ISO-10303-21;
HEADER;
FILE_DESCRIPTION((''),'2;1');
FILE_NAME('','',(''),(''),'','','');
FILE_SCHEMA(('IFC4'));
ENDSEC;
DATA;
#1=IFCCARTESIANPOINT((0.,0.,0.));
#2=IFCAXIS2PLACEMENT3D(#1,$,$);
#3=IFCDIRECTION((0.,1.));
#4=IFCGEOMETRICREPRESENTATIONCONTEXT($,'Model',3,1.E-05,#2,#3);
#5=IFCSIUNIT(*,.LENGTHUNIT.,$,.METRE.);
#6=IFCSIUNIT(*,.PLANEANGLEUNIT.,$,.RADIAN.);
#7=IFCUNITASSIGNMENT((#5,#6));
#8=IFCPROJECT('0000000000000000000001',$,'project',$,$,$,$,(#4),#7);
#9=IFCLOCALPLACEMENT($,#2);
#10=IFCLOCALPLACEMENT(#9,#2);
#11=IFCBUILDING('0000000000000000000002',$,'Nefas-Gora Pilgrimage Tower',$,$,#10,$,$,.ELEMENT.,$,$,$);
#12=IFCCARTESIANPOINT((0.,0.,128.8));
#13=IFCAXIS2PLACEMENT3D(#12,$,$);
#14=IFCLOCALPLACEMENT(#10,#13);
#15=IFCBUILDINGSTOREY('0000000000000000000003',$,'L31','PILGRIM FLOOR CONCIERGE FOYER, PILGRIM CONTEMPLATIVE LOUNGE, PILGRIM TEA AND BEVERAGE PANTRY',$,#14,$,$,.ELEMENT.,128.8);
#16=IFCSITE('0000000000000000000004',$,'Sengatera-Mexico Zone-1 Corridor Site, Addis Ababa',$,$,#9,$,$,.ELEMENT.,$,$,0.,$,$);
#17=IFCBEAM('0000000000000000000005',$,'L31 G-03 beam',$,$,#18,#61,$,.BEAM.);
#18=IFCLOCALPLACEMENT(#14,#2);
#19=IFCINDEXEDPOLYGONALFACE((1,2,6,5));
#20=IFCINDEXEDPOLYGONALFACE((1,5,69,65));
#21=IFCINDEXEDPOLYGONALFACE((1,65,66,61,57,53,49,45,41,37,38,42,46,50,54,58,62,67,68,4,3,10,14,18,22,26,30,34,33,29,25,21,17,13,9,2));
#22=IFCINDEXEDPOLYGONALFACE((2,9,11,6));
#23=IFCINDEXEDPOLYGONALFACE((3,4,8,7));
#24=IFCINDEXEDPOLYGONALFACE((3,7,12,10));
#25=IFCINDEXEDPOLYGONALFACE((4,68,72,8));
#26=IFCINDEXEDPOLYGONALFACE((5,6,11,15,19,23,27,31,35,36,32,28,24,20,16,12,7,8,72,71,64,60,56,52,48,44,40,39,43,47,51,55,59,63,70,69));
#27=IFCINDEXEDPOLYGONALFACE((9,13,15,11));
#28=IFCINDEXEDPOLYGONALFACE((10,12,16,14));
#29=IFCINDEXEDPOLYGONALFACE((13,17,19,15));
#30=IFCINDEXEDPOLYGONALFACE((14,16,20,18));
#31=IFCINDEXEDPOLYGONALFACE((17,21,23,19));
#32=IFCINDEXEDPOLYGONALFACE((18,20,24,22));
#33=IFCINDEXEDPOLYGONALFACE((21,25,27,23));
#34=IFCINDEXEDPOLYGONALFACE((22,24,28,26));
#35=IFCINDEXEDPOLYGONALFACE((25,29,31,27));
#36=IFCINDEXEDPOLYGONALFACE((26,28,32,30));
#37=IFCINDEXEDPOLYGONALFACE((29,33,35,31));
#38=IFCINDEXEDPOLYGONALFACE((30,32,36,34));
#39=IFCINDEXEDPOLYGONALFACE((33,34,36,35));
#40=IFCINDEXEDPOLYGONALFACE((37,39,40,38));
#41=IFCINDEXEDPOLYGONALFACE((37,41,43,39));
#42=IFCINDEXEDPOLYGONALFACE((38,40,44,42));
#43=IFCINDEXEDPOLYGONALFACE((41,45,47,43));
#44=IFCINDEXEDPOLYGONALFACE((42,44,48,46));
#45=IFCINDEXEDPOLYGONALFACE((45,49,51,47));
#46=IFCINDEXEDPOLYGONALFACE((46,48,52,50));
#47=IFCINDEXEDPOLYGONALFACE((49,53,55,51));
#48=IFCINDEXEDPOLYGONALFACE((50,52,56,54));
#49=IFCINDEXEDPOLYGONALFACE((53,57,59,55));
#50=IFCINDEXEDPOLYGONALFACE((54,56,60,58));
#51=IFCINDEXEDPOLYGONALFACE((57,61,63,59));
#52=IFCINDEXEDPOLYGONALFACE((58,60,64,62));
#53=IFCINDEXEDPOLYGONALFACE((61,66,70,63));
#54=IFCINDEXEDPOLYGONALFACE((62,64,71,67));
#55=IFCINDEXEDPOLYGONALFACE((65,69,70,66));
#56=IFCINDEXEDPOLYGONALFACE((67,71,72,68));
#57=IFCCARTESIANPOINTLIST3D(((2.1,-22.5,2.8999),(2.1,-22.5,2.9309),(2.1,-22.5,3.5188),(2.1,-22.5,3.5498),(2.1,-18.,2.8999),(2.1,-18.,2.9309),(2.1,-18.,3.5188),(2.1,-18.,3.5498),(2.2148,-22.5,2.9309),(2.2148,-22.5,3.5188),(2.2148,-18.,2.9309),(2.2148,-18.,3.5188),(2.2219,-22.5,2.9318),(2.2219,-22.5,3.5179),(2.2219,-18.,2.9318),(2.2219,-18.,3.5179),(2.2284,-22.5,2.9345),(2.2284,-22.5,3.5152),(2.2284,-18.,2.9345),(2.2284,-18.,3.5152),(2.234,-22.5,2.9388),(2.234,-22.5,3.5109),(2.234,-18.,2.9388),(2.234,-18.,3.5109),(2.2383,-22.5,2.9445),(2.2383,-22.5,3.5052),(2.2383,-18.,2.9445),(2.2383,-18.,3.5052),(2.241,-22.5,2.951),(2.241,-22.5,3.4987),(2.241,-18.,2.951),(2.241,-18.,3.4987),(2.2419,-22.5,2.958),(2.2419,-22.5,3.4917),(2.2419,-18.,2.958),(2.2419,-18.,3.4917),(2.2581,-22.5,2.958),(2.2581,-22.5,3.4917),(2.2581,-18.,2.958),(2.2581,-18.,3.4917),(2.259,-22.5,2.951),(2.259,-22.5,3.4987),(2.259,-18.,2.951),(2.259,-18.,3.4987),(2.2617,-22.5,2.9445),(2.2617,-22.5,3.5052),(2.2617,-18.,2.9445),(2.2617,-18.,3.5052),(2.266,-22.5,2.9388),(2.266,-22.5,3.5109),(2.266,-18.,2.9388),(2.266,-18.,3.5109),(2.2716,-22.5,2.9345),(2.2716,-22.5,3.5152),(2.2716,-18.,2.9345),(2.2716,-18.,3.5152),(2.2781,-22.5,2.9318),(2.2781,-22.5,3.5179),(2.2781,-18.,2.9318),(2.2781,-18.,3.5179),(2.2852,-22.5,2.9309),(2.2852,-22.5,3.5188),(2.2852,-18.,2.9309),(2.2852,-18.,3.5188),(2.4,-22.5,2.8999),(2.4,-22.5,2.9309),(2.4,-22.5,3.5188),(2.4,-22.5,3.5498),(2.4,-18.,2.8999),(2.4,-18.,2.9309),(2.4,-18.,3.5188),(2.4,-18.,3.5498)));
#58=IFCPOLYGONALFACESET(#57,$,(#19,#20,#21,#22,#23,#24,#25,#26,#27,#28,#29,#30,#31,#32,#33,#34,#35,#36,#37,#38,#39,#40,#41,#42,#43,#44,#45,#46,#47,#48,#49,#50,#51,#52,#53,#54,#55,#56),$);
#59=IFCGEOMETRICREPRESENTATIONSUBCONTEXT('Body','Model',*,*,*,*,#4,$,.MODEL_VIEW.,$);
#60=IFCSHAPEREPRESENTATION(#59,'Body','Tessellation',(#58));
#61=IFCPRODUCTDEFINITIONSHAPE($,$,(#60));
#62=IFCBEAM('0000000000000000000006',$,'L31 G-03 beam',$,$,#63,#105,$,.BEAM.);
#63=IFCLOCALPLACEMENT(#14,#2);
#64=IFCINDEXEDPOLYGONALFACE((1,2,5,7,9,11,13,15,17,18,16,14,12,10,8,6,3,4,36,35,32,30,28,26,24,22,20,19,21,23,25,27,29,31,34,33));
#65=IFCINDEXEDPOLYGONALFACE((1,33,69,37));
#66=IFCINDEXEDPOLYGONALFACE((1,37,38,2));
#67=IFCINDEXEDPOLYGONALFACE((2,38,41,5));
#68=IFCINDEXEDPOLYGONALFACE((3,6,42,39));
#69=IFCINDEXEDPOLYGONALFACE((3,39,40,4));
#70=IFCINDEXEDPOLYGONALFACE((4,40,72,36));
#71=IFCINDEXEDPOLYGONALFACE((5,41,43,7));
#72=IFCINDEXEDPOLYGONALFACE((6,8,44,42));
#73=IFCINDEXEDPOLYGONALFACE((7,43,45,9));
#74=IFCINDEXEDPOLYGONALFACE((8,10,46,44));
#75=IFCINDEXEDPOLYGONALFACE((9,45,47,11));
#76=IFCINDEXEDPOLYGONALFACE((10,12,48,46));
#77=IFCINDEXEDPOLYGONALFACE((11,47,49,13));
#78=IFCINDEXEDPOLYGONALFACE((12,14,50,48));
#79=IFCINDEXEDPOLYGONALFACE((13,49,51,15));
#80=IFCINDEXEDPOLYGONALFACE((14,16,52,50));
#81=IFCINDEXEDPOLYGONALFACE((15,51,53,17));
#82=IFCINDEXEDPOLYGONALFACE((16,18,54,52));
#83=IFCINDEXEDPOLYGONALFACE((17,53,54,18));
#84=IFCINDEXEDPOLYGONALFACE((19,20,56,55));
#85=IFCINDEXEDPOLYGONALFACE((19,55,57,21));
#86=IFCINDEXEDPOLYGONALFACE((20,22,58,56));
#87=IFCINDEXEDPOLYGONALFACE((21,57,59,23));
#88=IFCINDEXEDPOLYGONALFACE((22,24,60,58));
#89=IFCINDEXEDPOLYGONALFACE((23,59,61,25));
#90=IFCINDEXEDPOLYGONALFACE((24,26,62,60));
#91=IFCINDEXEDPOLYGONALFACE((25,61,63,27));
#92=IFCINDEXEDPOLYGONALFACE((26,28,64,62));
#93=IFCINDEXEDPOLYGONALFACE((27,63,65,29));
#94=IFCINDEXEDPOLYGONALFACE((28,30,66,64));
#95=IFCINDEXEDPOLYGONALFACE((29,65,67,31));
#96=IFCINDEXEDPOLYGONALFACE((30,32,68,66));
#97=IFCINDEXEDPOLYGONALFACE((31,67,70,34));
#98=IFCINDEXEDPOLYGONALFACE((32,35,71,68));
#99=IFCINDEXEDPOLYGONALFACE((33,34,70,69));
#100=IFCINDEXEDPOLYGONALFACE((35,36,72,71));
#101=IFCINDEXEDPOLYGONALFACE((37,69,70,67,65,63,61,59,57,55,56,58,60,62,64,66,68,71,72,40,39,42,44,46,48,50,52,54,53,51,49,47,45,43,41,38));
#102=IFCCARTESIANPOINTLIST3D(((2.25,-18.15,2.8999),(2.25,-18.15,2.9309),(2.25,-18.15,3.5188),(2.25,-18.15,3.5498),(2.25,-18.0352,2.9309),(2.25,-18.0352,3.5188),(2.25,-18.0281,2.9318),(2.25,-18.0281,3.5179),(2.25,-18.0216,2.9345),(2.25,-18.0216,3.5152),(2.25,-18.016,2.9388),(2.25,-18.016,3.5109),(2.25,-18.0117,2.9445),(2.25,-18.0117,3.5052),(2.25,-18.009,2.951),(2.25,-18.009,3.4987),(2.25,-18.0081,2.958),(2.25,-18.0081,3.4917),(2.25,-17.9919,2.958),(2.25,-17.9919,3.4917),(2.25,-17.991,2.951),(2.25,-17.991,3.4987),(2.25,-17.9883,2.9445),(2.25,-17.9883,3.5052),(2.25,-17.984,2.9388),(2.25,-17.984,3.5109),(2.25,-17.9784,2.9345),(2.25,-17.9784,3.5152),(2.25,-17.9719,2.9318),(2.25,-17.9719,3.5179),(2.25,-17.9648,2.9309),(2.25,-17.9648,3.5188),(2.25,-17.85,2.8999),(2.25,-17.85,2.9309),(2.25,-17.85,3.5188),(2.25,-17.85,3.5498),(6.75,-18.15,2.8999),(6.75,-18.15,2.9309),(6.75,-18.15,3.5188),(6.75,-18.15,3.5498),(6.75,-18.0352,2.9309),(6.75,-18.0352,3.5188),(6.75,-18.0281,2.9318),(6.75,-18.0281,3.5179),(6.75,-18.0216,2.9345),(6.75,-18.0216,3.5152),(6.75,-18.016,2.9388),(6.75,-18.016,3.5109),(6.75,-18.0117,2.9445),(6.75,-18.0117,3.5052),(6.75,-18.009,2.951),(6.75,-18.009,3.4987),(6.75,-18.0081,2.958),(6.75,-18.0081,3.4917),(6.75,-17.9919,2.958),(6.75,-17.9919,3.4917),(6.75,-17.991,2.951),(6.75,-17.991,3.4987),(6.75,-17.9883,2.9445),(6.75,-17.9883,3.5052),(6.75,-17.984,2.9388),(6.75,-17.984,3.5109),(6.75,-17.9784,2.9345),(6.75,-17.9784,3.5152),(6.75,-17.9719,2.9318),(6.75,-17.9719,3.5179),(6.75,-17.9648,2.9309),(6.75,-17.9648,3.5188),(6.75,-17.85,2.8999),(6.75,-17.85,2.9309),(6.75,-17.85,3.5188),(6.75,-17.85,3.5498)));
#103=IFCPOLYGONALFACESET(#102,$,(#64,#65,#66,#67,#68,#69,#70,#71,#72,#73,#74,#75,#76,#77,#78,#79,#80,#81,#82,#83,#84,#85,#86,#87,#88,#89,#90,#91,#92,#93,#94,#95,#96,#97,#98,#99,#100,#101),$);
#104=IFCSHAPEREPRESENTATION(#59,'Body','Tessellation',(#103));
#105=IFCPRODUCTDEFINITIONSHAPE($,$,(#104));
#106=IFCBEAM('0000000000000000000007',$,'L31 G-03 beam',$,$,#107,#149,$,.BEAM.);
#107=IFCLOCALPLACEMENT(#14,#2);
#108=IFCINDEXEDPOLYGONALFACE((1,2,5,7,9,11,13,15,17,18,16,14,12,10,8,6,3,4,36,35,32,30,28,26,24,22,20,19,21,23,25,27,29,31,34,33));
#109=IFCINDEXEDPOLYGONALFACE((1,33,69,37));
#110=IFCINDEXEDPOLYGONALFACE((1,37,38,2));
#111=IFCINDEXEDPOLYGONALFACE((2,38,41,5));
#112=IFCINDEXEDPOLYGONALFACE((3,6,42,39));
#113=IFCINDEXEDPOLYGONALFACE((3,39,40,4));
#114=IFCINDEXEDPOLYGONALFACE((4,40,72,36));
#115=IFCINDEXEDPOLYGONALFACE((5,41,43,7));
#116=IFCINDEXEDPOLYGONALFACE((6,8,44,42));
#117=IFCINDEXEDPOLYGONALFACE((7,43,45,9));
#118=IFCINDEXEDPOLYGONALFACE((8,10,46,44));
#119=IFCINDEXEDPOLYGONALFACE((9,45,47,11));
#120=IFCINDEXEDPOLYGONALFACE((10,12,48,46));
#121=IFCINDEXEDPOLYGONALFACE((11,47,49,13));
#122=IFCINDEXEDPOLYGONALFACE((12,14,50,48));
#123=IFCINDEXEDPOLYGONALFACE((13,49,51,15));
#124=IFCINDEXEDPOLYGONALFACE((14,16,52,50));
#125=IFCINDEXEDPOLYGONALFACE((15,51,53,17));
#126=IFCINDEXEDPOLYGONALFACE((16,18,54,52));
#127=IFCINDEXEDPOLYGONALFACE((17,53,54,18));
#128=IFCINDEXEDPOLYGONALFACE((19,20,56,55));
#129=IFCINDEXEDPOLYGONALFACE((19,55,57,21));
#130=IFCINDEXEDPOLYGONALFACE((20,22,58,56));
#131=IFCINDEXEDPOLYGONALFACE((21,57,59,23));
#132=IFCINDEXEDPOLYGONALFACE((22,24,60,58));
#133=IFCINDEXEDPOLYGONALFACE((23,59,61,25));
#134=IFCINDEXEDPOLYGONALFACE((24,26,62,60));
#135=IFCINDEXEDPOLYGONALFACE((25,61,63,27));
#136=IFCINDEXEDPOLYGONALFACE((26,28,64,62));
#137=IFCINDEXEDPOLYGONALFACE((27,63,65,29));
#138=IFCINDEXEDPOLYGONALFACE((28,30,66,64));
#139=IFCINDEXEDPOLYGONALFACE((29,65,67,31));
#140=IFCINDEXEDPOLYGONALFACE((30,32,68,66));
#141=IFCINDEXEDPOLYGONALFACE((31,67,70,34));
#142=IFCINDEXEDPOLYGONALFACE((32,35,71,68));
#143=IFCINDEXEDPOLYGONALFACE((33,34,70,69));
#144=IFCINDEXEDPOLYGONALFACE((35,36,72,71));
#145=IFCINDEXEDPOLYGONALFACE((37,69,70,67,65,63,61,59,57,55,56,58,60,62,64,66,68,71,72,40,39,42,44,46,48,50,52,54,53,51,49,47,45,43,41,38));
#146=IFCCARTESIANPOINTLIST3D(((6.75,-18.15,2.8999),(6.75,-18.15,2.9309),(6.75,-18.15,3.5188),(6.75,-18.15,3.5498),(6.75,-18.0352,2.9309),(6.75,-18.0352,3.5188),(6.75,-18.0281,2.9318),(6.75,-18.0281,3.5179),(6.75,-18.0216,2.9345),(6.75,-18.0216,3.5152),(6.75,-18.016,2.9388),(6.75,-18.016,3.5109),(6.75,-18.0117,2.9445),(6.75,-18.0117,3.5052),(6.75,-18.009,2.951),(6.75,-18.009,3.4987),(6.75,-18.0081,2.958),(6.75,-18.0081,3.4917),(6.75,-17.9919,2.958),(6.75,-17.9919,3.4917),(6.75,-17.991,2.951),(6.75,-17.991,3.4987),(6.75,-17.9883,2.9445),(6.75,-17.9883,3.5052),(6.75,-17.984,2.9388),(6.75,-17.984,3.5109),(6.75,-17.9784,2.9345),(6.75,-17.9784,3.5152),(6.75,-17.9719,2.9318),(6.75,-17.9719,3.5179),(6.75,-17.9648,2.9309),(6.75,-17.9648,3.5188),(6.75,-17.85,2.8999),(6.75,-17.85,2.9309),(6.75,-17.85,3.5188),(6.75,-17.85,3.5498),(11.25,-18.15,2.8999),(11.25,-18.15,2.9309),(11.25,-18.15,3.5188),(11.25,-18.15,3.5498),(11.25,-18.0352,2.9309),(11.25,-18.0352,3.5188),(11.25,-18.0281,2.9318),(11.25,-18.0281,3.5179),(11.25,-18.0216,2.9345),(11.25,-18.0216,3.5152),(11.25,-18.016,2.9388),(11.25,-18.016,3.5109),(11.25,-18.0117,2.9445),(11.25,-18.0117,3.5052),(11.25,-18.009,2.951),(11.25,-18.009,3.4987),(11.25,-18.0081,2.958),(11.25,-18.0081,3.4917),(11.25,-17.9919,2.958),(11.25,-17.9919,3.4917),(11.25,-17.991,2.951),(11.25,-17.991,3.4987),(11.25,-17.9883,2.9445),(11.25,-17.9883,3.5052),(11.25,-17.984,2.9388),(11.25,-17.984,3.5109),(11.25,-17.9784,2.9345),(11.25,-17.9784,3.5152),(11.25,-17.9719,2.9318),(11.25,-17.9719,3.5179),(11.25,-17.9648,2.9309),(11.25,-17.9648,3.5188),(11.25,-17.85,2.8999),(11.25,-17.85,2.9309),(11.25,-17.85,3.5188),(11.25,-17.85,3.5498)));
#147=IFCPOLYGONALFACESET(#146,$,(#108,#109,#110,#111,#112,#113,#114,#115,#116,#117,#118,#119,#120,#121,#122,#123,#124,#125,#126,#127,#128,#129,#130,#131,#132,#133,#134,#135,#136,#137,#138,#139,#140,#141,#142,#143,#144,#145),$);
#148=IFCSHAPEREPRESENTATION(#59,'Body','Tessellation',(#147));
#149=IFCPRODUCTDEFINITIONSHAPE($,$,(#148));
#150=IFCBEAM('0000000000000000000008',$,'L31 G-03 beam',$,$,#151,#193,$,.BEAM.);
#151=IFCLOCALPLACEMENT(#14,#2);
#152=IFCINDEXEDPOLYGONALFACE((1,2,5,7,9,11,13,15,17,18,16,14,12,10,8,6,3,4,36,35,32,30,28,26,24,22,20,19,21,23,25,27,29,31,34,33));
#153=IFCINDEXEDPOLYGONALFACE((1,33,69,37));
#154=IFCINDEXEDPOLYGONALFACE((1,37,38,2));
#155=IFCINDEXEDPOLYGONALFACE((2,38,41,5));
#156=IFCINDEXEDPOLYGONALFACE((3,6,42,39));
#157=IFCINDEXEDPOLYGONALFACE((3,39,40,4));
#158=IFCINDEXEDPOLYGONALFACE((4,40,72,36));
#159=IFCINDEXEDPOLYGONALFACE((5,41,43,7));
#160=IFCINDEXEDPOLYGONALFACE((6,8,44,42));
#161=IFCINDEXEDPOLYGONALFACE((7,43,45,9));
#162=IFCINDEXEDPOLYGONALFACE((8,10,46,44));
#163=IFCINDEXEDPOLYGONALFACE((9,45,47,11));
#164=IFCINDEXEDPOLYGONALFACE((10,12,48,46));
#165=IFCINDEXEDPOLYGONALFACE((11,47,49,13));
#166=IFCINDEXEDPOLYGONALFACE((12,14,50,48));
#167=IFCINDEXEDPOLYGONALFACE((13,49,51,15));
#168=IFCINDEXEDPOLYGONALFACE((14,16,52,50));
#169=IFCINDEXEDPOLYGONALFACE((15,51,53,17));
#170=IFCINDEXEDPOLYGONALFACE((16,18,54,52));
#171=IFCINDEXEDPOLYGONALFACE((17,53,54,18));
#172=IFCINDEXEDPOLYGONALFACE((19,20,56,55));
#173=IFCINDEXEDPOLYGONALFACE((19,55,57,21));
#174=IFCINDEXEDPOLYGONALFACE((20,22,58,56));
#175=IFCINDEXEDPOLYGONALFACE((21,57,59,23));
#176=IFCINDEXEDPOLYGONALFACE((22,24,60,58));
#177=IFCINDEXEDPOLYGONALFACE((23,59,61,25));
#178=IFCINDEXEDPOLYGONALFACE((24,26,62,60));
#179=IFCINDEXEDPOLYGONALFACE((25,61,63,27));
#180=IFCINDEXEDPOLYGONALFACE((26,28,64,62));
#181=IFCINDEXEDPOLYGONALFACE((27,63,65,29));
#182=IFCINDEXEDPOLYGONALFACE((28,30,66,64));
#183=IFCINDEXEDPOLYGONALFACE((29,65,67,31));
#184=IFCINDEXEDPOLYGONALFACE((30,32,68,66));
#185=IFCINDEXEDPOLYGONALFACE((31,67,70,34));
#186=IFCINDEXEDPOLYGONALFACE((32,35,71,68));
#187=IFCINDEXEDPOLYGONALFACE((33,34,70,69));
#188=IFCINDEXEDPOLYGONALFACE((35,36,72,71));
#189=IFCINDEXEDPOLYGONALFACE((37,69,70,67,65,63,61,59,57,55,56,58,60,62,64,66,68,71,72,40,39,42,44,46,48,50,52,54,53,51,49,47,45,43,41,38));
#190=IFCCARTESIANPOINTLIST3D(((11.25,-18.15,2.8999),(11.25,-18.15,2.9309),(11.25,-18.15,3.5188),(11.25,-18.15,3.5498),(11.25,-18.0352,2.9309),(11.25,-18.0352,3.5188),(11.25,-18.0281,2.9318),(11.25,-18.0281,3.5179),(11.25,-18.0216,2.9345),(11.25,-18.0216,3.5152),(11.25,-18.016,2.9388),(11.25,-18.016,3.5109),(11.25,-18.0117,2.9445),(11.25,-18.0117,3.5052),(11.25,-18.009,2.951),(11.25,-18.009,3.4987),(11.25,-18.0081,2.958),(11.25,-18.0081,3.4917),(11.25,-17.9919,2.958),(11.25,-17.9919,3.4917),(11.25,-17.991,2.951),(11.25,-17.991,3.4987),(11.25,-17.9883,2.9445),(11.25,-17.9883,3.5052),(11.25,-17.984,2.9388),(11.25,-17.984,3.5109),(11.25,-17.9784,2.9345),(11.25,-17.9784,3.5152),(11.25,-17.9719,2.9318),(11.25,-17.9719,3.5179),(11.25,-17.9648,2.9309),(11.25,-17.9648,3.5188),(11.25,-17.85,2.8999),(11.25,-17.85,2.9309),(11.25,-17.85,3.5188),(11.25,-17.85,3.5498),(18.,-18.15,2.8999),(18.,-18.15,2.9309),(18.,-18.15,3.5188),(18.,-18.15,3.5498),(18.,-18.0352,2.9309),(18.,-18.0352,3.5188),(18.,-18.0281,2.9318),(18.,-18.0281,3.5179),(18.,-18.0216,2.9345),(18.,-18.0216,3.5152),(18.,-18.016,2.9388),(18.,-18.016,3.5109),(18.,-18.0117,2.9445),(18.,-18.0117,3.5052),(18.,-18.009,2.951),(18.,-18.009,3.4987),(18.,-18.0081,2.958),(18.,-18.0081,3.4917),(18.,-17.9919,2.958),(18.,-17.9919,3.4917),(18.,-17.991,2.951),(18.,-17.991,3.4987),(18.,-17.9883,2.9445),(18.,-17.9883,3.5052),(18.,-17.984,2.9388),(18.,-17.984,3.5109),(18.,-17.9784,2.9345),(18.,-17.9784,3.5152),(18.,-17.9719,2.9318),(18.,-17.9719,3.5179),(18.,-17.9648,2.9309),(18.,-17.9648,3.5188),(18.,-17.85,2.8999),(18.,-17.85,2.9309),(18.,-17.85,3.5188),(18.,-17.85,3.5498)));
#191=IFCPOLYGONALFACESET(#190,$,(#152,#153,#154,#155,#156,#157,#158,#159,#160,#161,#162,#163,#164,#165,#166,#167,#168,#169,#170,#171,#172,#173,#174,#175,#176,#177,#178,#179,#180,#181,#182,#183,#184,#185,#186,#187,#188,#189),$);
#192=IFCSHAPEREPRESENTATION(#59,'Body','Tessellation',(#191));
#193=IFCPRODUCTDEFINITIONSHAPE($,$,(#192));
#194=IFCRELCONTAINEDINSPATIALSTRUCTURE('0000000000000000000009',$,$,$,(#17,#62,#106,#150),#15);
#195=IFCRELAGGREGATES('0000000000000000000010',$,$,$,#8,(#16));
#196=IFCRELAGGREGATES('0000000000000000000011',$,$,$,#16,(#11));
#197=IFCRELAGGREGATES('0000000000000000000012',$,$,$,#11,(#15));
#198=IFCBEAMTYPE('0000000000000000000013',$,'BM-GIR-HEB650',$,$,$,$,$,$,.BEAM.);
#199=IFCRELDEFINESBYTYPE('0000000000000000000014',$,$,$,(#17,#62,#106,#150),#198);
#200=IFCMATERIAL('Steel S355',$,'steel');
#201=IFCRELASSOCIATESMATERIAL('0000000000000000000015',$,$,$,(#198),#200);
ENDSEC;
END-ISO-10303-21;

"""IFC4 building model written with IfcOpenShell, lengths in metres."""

from ifc_helpers import new_model, si_unit, direction, frame, origin, origin_2d, place, context, subcontext, project, spatial, i_section, extrude, source, transform, mapped, material, material_profile, profile_set, type_object, element, save


model = new_model("IFC4")

# Units and contexts
model_context = context("Model", 3, precision=1e-05, world=origin(), true_north=direction((0.0, 1.0)))
body_context = subcontext(model_context, "Body", "Model", "MODEL_VIEW")
ifc_project = project(units=[si_unit("LENGTHUNIT", "METRE"), si_unit("PLANEANGLEUNIT", "RADIAN")], contexts=[model_context])

# Site, building, storey
site_placement = place(None, origin())
site = spatial("IfcSite", under=ifc_project, at=site_placement, Name="Sengatera-Mexico Zone-1 Corridor Site, Addis Ababa", CompositionType="ELEMENT", RefElevation=0.0)
building_placement = place(site_placement, origin())
building = spatial("IfcBuilding", under=site, at=building_placement, Name="Nefas-Gora Pilgrimage Tower", CompositionType="ELEMENT")
storey_placement = place(building_placement, frame((0.0, 0.0, 128.8)))
storey = spatial("IfcBuildingStorey", under=building, at=storey_placement, Name="L31", Description="PILGRIM FLOOR CONCIERGE FOYER, PILGRIM CONTEMPLATIVE LOUNGE, PILGRIM TEA AND BEVERAGE PANTRY", CompositionType="ELEMENT", Elevation=128.8)

# Beams
ifc_material_1 = material(Name="Steel S355", Category="steel")
ifc_material_profile_1 = material_profile(ifc_material_1, i_section(OverallWidth=0.3, OverallDepth=0.6499, WebThickness=0.0161, FlangeThickness=0.031, FilletRadius=0.0271, at=origin_2d()), Name="HEB 650")
ifc_profile_set_1 = profile_set([ifc_material_profile_1], Name="Steel S355")
beam_type_1 = type_object("IfcBeamType", Name="BM-GIR-HEB650", PredefinedType="BEAM", material=ifc_profile_set_1)
shared_shape_1 = source(origin(), body_context, "Body", "SweptSolid", [
    extrude(i_section(OverallWidth=0.3, OverallDepth=0.6499, WebThickness=0.0161, FlangeThickness=0.031, FilletRadius=0.0271, at=origin_2d()), origin(), (0.0, 0.0, 1.0), 4.5),
])
for number, where, z_axis, x_axis, name in (
    (1, (2.25, -22.5, 3.2249), (0.0, 1.0, 0.0), (-1.0, 0.0, 0.0), "L31 G-03 beam"),
    (2, (2.25, -18.0, 3.2249), (1.0, 0.0, 0.0), (0.0, 1.0, 0.0), "L31 G-03 beam"),
    (3, (6.75, -18.0, 3.2249), (1.0, 0.0, 0.0), (0.0, 1.0, 0.0), "L31 G-03 beam"),
):
    element("IfcBeam", number, at=place(storey_placement, frame(where, z_axis=z_axis, x_axis=x_axis)), inside=storey, type_object=beam_type_1, Name=name, PredefinedType="BEAM", context=body_context, shape_type="MappedRepresentation", body=[
        mapped(shared_shape_1, transform((0.0, 0.0, 0.0), x_axis=(1.0, 0.0, 0.0), y_axis=(0.0, 1.0, 0.0), z_axis=(0.0, 0.0, 1.0), scale=1.0)),
    ])
shared_shape_2 = source(origin(), body_context, "Body", "SweptSolid", [
    extrude(i_section(OverallWidth=0.3, OverallDepth=0.6499, WebThickness=0.0161, FlangeThickness=0.031, FilletRadius=0.0271, at=origin_2d()), origin(), (0.0, 0.0, 1.0), 6.75),
])
beam_1_placement = place(storey_placement, frame((11.25, -18.0, 3.2249), z_axis=(1.0, 0.0, 0.0), x_axis=(0.0, 1.0, 0.0)))
element("IfcBeam", 4, at=beam_1_placement, inside=storey, type_object=beam_type_1, Name="L31 G-03 beam", PredefinedType="BEAM", context=body_context, shape_type="MappedRepresentation", body=[
    mapped(shared_shape_2, transform((0.0, 0.0, 0.0), x_axis=(1.0, 0.0, 0.0), y_axis=(0.0, 1.0, 0.0), z_axis=(0.0, 0.0, 1.0), scale=1.0)),
])

save(model, "model.ifc")
